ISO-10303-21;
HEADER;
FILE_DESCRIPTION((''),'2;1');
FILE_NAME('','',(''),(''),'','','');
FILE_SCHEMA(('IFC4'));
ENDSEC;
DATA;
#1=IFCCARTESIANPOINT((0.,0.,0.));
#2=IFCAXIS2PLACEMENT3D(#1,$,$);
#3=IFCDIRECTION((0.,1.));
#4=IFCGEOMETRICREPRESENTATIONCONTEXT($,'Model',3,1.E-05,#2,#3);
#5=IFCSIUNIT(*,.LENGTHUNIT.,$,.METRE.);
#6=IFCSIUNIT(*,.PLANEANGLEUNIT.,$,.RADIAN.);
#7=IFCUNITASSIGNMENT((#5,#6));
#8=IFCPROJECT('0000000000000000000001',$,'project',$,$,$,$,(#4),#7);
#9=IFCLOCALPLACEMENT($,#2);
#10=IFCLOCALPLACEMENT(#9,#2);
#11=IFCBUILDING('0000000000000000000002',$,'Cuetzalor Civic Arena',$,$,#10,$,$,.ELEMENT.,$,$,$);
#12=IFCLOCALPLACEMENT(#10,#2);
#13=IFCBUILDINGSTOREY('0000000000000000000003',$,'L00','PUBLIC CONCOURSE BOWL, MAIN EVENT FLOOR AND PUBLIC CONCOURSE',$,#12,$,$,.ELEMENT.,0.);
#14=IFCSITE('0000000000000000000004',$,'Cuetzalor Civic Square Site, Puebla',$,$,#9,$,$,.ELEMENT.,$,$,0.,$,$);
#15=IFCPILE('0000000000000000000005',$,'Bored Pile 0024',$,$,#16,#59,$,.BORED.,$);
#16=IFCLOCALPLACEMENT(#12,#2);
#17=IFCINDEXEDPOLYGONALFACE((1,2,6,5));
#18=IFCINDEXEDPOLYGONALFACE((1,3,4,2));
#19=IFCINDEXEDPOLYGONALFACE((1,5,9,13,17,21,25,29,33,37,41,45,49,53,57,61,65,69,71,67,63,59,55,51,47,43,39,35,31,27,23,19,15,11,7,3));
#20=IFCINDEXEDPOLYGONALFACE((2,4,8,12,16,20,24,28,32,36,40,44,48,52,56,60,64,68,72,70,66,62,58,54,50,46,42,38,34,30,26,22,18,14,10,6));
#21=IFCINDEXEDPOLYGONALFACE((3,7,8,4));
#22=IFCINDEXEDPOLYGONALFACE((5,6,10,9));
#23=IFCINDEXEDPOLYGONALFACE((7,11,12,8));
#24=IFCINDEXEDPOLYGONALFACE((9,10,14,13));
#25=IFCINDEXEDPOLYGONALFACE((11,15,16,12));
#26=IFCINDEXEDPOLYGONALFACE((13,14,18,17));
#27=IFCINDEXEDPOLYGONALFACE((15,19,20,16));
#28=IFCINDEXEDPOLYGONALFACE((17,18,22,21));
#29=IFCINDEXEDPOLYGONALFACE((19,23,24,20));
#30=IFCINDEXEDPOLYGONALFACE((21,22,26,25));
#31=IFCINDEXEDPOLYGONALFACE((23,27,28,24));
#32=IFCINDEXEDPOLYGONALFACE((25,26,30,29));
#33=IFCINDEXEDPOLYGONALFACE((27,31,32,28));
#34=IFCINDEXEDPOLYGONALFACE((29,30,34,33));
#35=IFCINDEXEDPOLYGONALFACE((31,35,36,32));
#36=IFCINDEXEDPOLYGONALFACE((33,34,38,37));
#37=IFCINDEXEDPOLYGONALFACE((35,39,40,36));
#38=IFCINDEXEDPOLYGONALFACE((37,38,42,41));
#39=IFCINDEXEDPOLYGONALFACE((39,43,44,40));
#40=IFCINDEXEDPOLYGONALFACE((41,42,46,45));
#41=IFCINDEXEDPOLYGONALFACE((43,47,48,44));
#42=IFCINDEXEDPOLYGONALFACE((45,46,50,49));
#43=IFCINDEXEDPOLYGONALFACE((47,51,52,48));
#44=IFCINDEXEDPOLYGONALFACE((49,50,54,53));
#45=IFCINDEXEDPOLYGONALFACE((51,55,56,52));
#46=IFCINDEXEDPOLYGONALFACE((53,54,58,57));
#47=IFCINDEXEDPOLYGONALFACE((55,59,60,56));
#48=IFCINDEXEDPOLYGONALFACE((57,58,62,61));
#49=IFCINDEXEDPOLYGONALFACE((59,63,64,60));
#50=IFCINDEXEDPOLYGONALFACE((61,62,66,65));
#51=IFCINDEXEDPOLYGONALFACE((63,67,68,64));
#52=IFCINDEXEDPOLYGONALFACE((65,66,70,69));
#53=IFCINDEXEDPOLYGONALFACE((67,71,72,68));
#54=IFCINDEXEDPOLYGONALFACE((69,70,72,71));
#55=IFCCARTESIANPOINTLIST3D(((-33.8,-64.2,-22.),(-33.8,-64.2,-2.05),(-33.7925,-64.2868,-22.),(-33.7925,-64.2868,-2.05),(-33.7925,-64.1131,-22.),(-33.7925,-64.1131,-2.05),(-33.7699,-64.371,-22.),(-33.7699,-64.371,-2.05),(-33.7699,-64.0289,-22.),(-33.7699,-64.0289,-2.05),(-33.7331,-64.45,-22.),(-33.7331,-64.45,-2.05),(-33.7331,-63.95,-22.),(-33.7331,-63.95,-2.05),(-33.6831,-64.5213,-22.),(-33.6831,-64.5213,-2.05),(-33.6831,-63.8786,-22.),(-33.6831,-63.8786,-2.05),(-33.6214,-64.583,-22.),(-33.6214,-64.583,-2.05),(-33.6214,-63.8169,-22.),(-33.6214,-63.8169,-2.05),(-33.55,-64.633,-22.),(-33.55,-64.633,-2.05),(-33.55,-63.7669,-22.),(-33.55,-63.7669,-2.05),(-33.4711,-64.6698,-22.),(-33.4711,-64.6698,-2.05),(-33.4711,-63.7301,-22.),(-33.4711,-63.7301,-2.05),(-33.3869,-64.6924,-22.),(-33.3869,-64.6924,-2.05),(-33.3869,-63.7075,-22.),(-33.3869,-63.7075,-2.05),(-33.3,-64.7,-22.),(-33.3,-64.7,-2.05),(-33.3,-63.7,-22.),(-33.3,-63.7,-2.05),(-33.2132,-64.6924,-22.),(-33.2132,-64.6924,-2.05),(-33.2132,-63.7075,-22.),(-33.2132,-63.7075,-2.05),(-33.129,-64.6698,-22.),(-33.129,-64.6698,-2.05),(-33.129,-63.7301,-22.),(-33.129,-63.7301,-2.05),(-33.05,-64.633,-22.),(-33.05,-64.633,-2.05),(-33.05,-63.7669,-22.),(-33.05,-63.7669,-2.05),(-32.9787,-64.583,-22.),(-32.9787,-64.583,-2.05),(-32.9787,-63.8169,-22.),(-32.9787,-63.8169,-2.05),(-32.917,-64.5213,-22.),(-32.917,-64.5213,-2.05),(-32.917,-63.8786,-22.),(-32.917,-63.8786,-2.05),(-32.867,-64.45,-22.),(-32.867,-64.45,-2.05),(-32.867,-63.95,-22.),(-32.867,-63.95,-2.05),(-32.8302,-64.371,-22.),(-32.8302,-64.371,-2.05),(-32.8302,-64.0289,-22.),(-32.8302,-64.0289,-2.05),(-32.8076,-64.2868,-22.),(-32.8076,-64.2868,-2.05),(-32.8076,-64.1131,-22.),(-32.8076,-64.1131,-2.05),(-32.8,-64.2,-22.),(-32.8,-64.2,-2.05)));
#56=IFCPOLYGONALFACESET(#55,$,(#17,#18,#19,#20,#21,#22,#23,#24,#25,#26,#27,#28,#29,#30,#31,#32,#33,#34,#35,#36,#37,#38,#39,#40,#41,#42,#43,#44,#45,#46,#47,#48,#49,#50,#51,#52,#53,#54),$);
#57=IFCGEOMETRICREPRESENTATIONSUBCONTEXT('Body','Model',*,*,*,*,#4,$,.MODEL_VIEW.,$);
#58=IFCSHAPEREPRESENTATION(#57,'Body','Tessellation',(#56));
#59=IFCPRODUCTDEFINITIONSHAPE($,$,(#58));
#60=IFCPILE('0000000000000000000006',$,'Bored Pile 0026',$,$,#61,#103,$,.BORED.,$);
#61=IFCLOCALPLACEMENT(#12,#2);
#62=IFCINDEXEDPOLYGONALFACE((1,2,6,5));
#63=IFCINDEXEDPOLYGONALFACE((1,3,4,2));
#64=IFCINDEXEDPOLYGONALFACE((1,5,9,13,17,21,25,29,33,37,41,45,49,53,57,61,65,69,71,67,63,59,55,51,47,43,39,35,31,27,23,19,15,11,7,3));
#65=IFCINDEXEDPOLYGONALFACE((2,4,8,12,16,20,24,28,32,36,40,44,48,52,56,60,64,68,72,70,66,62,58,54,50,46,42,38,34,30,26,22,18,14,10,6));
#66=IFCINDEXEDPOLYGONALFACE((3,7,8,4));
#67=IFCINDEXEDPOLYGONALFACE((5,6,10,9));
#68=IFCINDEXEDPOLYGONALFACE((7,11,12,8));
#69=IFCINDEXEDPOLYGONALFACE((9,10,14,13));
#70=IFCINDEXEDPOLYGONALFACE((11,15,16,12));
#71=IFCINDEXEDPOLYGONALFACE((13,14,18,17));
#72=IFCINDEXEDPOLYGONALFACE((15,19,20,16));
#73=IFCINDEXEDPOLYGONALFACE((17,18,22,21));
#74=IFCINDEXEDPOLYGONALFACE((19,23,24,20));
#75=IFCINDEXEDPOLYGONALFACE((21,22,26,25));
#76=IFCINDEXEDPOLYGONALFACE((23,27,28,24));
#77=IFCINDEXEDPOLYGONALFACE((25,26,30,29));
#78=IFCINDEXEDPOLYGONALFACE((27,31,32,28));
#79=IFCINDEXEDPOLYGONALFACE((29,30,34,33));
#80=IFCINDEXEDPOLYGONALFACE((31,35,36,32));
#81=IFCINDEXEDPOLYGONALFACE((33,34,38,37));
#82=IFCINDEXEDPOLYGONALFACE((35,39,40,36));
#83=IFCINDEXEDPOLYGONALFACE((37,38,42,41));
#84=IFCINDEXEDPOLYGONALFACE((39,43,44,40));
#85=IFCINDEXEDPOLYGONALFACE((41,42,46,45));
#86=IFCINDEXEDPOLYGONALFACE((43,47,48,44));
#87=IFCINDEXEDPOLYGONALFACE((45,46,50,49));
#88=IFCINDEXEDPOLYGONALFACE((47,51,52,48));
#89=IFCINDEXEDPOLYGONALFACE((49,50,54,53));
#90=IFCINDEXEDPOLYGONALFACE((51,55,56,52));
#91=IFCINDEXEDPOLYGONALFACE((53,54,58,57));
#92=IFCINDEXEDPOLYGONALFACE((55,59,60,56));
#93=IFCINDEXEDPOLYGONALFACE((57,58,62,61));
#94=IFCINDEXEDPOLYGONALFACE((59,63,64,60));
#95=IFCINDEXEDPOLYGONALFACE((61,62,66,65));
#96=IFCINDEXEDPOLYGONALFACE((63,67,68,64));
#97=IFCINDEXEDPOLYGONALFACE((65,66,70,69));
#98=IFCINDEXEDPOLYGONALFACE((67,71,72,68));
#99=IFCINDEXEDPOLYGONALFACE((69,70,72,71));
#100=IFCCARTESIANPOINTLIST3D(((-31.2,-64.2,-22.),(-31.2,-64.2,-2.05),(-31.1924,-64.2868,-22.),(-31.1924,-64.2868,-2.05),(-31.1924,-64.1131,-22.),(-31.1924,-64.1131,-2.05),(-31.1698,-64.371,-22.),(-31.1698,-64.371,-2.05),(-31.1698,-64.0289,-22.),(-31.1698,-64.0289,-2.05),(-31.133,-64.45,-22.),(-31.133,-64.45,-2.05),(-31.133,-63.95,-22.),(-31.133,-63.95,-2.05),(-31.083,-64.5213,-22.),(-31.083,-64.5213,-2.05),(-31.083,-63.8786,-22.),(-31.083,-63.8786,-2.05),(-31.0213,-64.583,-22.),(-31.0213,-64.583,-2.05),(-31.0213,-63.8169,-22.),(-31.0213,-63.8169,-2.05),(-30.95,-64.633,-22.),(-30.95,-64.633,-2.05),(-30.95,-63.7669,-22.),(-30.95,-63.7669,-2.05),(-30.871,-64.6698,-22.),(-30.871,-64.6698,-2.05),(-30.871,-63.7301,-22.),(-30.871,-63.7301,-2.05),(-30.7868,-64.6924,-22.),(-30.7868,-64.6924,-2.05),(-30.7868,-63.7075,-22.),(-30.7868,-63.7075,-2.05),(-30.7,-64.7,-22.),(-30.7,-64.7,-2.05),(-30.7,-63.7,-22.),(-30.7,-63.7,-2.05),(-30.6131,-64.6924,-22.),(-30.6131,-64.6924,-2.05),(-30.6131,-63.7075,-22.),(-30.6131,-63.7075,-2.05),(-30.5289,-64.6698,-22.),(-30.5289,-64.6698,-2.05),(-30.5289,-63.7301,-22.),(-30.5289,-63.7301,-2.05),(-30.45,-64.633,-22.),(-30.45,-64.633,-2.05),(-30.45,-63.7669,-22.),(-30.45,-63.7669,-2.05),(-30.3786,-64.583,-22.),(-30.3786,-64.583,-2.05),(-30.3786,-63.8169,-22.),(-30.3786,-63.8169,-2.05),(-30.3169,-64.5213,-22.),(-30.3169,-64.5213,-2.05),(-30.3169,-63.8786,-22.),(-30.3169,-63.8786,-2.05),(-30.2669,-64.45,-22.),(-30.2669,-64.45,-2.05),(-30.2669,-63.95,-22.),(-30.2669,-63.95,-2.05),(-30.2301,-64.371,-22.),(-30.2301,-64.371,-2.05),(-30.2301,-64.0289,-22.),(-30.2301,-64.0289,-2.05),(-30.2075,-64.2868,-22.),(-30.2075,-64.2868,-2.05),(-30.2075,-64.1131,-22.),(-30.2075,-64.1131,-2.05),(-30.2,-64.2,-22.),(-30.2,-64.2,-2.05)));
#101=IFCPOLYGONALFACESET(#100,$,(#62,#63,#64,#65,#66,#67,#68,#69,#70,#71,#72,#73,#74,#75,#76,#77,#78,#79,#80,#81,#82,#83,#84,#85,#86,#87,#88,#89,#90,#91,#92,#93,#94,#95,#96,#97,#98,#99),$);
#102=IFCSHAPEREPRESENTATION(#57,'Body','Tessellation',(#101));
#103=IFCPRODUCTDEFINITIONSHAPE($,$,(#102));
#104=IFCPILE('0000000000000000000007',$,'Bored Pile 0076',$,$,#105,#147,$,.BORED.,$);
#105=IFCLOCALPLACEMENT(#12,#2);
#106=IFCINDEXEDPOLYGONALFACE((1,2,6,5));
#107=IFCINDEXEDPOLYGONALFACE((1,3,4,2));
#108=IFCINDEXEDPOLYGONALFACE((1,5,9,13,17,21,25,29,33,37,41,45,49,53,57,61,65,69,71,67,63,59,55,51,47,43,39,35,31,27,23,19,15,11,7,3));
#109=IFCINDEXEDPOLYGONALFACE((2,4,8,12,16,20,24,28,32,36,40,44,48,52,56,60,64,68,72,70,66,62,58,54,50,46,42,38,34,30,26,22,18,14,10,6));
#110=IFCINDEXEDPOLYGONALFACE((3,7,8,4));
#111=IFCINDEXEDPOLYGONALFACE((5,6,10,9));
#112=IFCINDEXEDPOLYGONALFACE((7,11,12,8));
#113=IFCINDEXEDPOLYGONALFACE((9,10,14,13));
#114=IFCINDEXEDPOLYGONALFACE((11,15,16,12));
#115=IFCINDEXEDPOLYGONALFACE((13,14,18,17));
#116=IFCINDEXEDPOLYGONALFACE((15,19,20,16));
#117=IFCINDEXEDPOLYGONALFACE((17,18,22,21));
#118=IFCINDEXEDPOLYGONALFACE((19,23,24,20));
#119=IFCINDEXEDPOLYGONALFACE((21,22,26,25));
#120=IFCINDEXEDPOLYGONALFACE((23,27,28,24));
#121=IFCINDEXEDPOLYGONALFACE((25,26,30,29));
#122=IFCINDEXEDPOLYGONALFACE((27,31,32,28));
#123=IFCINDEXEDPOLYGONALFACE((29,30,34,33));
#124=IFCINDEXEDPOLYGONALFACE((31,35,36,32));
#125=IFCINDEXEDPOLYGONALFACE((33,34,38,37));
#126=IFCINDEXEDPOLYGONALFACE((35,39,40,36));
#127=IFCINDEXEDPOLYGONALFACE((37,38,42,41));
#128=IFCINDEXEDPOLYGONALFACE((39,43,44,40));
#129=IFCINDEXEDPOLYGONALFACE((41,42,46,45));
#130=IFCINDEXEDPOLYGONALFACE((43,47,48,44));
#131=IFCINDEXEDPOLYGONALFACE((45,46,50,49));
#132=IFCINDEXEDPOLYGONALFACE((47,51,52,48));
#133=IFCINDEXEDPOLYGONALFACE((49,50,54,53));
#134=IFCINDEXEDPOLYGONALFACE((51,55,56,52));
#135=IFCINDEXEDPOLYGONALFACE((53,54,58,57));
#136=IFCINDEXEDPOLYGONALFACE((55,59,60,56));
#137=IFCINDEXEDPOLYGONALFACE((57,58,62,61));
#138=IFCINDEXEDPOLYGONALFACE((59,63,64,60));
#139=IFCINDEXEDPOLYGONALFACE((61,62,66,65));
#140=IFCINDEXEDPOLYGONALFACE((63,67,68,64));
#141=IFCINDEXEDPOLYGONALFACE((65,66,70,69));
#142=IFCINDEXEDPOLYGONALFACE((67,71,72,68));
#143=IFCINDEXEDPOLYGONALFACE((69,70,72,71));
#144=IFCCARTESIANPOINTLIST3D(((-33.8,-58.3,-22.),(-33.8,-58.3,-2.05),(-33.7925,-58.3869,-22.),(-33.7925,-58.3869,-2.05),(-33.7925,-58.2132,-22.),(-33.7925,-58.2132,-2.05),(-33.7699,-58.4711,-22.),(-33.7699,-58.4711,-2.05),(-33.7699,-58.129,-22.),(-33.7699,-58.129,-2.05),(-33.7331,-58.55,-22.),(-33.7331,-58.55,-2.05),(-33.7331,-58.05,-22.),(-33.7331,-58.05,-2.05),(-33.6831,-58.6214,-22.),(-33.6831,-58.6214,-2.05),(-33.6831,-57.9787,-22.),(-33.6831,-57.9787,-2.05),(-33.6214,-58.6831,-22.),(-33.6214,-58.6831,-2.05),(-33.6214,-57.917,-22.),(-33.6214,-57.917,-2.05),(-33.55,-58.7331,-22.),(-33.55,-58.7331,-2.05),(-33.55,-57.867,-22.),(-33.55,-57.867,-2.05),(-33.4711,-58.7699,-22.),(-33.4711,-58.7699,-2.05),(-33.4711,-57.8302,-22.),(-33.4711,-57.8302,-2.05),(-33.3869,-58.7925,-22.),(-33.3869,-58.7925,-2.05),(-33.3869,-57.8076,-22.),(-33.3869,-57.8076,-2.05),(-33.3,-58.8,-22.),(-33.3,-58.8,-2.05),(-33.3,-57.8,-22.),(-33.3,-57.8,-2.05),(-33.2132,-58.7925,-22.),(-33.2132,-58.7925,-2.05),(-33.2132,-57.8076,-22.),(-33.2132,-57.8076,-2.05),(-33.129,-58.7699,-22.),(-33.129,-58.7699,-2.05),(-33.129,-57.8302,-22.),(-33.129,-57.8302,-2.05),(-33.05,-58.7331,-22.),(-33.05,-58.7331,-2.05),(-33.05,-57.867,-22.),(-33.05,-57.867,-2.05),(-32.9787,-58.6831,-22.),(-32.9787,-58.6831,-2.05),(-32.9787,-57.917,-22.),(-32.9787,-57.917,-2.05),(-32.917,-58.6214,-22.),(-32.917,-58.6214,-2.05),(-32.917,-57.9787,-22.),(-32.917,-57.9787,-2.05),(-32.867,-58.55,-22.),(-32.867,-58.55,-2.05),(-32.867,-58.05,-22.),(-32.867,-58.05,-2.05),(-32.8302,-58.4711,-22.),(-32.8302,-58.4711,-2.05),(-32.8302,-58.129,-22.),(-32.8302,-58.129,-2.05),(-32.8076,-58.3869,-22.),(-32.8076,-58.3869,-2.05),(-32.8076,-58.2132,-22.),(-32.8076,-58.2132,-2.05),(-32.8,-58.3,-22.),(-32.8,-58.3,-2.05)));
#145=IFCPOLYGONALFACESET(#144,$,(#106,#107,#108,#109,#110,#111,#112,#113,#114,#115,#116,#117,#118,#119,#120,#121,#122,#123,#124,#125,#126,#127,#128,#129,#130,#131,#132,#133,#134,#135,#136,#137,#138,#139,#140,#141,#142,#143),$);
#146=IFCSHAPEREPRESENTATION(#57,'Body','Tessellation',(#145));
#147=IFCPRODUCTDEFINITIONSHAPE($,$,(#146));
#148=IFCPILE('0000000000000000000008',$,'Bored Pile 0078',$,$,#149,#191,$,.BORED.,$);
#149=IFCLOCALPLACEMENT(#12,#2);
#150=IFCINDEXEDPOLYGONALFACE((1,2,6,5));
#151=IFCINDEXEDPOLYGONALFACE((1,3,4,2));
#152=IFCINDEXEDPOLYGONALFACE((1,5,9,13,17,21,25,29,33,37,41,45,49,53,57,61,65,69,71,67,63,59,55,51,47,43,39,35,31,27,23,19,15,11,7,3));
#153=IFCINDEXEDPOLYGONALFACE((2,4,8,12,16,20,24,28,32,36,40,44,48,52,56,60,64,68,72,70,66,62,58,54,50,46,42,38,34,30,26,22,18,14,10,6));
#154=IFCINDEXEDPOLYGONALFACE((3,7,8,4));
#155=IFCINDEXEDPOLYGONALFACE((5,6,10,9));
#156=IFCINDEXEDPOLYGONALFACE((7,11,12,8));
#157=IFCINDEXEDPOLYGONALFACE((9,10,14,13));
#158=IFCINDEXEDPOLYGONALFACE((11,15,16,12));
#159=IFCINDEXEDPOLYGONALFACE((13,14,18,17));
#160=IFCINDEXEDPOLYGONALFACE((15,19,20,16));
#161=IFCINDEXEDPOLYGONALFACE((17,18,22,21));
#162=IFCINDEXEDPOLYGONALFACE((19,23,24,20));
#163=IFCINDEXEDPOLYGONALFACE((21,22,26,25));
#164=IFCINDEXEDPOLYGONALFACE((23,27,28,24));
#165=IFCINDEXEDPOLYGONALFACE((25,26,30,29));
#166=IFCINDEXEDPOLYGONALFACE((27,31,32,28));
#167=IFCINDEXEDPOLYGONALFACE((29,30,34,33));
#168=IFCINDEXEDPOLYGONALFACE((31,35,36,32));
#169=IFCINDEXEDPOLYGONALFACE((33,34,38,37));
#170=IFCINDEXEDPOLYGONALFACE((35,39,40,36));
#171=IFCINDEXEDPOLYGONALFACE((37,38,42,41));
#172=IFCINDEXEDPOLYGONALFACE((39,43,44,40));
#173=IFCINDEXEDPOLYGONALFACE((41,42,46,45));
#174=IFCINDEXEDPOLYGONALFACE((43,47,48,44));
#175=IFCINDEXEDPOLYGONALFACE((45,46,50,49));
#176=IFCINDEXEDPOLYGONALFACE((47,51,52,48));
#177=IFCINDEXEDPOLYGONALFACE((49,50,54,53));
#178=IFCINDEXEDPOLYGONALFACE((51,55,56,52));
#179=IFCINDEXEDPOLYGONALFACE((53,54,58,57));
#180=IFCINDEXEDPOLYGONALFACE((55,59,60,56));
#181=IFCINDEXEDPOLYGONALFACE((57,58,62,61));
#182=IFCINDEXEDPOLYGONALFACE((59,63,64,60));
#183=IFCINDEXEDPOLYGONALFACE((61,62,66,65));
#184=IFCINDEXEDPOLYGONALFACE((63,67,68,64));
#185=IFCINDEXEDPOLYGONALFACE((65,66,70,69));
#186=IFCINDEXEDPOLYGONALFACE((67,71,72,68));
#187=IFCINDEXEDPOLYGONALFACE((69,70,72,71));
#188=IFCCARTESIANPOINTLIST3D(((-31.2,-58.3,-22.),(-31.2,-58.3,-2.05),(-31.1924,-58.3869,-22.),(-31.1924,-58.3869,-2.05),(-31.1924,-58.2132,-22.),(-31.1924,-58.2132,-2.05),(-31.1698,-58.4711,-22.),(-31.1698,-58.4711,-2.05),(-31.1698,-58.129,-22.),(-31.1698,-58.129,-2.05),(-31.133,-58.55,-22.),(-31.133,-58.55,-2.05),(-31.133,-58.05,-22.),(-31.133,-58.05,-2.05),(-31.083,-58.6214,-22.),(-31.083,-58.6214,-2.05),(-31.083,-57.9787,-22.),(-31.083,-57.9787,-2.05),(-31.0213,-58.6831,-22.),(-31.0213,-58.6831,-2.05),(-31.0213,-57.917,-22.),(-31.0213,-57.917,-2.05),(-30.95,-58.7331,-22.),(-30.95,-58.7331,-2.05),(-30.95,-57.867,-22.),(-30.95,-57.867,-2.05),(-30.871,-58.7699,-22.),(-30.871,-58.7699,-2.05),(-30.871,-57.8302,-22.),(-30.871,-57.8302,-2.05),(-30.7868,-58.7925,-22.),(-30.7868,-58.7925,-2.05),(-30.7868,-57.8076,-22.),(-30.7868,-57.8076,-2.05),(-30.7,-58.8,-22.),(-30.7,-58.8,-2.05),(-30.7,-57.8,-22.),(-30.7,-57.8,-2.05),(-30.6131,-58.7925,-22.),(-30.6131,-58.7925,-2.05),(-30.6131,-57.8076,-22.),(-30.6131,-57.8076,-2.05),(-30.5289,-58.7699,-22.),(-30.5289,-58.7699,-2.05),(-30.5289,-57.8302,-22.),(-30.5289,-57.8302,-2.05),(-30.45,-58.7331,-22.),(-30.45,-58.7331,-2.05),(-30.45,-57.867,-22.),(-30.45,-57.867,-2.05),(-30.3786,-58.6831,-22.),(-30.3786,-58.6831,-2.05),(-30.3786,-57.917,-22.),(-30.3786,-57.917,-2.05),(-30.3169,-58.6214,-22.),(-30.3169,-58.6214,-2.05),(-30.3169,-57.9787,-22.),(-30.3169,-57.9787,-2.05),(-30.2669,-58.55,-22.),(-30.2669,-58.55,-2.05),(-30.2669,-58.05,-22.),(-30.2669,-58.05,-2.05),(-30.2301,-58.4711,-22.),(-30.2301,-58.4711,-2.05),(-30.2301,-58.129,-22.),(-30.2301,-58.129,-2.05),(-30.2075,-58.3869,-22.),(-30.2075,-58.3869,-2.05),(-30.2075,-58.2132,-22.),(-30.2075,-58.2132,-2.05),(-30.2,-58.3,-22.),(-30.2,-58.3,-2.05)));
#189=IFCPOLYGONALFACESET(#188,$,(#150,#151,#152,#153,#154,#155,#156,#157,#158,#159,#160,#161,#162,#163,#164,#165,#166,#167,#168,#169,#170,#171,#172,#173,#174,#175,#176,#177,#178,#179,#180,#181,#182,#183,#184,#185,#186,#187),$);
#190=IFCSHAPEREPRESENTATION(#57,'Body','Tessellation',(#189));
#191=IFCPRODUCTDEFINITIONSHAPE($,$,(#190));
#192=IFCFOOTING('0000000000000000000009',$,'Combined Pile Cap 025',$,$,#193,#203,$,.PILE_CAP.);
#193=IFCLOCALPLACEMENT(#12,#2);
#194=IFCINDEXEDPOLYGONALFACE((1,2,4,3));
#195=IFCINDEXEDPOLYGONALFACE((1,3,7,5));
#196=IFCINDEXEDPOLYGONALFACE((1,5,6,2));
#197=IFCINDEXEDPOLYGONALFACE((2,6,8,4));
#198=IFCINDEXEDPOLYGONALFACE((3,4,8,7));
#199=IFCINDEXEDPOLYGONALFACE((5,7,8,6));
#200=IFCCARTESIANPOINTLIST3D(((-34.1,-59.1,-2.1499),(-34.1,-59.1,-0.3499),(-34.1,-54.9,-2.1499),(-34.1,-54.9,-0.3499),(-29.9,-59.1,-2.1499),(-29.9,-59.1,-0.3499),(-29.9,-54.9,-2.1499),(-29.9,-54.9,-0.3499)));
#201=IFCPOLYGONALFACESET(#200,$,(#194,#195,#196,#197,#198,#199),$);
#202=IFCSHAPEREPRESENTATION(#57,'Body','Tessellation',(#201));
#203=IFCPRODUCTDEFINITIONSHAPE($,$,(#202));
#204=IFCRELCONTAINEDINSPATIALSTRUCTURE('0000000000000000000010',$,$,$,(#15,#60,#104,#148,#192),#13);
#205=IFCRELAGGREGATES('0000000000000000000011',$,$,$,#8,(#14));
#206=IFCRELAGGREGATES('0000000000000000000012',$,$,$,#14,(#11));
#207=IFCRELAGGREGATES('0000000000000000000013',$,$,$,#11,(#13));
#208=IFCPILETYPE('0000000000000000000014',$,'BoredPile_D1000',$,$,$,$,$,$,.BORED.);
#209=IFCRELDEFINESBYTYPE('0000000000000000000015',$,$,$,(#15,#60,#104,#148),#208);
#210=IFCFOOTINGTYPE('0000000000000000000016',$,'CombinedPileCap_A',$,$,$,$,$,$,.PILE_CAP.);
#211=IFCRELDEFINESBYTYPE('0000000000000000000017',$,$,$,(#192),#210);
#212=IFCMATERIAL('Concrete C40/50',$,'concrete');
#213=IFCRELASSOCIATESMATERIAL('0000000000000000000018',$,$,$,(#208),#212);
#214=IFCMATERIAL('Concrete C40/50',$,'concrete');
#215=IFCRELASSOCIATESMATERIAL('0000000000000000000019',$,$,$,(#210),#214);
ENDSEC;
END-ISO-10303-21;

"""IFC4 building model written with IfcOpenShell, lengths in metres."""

from ifc_helpers import new_model, si_unit, direction, frame, origin, origin_2d, place, context, subcontext, project, spatial, rectangle, circle, extrude, material, material_profile, profile_set, type_object, element, save


model = new_model("IFC4")

# Units and contexts
model_context = context("Model", 3, precision=1e-05, world=origin(), true_north=direction((0.0, 1.0)))
body_context = subcontext(model_context, "Body", "Model", "MODEL_VIEW")
ifc_project = project(units=[si_unit("LENGTHUNIT", "METRE"), si_unit("PLANEANGLEUNIT", "RADIAN")], contexts=[model_context])

# Site, building, storey
site_placement = place(None, origin())
site = spatial("IfcSite", under=ifc_project, at=site_placement, Name="Cuetzalor Civic Square Site, Puebla", CompositionType="ELEMENT", RefElevation=0.0)
building_placement = place(site_placement, origin())
building = spatial("IfcBuilding", under=site, at=building_placement, Name="Cuetzalor Civic Arena", CompositionType="ELEMENT")
storey_placement = place(building_placement, origin())
storey = spatial("IfcBuildingStorey", under=building, at=storey_placement, Name="L00", Description="PUBLIC CONCOURSE BOWL, MAIN EVENT FLOOR AND PUBLIC CONCOURSE", CompositionType="ELEMENT", Elevation=0.0)

# Piles
ifc_material_1 = material(Name="Concrete C40/50", Category="concrete")
ifc_material_profile_1 = material_profile(ifc_material_1, circle(Radius=0.5, at=origin_2d()), Name="BORED PILE D1000")
ifc_profile_set_1 = profile_set([ifc_material_profile_1], Name="Concrete C40/50")
pile_type = type_object("IfcPileType", Name="BoredPile_D1000", PredefinedType="BORED", material=ifc_profile_set_1)
for number, where, z_axis, x_axis, name in (
    (1, (-33.3, -64.2, -2.05), (0.0, 0.0, -1.0), (1.0, 0.0, 0.0), "Bored Pile 0024"),
    (2, (-30.7, -64.2, -2.05), (0.0, 0.0, -1.0), (1.0, 0.0, 0.0), "Bored Pile 0026"),
    (3, (-33.3, -58.3, -2.05), (0.0, 0.0, -1.0), (1.0, 0.0, 0.0), "Bored Pile 0076"),
    (4, (-30.7, -58.3, -2.05), (0.0, 0.0, -1.0), (1.0, 0.0, 0.0), "Bored Pile 0078"),
):
    element("IfcPile", number, at=place(storey_placement, frame(where, z_axis=z_axis, x_axis=x_axis)), inside=storey, type_object=pile_type, Name=name, PredefinedType="BORED", context=body_context, shape_type="SweptSolid", body=[
        extrude(circle(Radius=0.5, at=origin_2d()), origin(), (0.0, 0.0, 1.0), 19.95),
    ])

# Footing
ifc_material_2 = material(Name="Concrete C40/50", Category="concrete")
footing_type_1 = type_object("IfcFootingType", Name="CombinedPileCap_A", PredefinedType="PILE_CAP", material=ifc_material_2)
footing_1_placement = place(storey_placement, frame((-32.0, -57.0, -2.1499), z_axis=(0.0, 0.0, 1.0), x_axis=(1.0, 0.0, 0.0)))
element("IfcFooting", 5, at=footing_1_placement, inside=storey, type_object=footing_type_1, Name="Combined Pile Cap 025", PredefinedType="PILE_CAP", context=body_context, shape_type="SweptSolid", body=[
    extrude(rectangle(XDim=4.2, YDim=4.2, at=origin_2d()), origin(), (0.0, 0.0, 1.0), 1.8),
])

save(model, "model.ifc")
